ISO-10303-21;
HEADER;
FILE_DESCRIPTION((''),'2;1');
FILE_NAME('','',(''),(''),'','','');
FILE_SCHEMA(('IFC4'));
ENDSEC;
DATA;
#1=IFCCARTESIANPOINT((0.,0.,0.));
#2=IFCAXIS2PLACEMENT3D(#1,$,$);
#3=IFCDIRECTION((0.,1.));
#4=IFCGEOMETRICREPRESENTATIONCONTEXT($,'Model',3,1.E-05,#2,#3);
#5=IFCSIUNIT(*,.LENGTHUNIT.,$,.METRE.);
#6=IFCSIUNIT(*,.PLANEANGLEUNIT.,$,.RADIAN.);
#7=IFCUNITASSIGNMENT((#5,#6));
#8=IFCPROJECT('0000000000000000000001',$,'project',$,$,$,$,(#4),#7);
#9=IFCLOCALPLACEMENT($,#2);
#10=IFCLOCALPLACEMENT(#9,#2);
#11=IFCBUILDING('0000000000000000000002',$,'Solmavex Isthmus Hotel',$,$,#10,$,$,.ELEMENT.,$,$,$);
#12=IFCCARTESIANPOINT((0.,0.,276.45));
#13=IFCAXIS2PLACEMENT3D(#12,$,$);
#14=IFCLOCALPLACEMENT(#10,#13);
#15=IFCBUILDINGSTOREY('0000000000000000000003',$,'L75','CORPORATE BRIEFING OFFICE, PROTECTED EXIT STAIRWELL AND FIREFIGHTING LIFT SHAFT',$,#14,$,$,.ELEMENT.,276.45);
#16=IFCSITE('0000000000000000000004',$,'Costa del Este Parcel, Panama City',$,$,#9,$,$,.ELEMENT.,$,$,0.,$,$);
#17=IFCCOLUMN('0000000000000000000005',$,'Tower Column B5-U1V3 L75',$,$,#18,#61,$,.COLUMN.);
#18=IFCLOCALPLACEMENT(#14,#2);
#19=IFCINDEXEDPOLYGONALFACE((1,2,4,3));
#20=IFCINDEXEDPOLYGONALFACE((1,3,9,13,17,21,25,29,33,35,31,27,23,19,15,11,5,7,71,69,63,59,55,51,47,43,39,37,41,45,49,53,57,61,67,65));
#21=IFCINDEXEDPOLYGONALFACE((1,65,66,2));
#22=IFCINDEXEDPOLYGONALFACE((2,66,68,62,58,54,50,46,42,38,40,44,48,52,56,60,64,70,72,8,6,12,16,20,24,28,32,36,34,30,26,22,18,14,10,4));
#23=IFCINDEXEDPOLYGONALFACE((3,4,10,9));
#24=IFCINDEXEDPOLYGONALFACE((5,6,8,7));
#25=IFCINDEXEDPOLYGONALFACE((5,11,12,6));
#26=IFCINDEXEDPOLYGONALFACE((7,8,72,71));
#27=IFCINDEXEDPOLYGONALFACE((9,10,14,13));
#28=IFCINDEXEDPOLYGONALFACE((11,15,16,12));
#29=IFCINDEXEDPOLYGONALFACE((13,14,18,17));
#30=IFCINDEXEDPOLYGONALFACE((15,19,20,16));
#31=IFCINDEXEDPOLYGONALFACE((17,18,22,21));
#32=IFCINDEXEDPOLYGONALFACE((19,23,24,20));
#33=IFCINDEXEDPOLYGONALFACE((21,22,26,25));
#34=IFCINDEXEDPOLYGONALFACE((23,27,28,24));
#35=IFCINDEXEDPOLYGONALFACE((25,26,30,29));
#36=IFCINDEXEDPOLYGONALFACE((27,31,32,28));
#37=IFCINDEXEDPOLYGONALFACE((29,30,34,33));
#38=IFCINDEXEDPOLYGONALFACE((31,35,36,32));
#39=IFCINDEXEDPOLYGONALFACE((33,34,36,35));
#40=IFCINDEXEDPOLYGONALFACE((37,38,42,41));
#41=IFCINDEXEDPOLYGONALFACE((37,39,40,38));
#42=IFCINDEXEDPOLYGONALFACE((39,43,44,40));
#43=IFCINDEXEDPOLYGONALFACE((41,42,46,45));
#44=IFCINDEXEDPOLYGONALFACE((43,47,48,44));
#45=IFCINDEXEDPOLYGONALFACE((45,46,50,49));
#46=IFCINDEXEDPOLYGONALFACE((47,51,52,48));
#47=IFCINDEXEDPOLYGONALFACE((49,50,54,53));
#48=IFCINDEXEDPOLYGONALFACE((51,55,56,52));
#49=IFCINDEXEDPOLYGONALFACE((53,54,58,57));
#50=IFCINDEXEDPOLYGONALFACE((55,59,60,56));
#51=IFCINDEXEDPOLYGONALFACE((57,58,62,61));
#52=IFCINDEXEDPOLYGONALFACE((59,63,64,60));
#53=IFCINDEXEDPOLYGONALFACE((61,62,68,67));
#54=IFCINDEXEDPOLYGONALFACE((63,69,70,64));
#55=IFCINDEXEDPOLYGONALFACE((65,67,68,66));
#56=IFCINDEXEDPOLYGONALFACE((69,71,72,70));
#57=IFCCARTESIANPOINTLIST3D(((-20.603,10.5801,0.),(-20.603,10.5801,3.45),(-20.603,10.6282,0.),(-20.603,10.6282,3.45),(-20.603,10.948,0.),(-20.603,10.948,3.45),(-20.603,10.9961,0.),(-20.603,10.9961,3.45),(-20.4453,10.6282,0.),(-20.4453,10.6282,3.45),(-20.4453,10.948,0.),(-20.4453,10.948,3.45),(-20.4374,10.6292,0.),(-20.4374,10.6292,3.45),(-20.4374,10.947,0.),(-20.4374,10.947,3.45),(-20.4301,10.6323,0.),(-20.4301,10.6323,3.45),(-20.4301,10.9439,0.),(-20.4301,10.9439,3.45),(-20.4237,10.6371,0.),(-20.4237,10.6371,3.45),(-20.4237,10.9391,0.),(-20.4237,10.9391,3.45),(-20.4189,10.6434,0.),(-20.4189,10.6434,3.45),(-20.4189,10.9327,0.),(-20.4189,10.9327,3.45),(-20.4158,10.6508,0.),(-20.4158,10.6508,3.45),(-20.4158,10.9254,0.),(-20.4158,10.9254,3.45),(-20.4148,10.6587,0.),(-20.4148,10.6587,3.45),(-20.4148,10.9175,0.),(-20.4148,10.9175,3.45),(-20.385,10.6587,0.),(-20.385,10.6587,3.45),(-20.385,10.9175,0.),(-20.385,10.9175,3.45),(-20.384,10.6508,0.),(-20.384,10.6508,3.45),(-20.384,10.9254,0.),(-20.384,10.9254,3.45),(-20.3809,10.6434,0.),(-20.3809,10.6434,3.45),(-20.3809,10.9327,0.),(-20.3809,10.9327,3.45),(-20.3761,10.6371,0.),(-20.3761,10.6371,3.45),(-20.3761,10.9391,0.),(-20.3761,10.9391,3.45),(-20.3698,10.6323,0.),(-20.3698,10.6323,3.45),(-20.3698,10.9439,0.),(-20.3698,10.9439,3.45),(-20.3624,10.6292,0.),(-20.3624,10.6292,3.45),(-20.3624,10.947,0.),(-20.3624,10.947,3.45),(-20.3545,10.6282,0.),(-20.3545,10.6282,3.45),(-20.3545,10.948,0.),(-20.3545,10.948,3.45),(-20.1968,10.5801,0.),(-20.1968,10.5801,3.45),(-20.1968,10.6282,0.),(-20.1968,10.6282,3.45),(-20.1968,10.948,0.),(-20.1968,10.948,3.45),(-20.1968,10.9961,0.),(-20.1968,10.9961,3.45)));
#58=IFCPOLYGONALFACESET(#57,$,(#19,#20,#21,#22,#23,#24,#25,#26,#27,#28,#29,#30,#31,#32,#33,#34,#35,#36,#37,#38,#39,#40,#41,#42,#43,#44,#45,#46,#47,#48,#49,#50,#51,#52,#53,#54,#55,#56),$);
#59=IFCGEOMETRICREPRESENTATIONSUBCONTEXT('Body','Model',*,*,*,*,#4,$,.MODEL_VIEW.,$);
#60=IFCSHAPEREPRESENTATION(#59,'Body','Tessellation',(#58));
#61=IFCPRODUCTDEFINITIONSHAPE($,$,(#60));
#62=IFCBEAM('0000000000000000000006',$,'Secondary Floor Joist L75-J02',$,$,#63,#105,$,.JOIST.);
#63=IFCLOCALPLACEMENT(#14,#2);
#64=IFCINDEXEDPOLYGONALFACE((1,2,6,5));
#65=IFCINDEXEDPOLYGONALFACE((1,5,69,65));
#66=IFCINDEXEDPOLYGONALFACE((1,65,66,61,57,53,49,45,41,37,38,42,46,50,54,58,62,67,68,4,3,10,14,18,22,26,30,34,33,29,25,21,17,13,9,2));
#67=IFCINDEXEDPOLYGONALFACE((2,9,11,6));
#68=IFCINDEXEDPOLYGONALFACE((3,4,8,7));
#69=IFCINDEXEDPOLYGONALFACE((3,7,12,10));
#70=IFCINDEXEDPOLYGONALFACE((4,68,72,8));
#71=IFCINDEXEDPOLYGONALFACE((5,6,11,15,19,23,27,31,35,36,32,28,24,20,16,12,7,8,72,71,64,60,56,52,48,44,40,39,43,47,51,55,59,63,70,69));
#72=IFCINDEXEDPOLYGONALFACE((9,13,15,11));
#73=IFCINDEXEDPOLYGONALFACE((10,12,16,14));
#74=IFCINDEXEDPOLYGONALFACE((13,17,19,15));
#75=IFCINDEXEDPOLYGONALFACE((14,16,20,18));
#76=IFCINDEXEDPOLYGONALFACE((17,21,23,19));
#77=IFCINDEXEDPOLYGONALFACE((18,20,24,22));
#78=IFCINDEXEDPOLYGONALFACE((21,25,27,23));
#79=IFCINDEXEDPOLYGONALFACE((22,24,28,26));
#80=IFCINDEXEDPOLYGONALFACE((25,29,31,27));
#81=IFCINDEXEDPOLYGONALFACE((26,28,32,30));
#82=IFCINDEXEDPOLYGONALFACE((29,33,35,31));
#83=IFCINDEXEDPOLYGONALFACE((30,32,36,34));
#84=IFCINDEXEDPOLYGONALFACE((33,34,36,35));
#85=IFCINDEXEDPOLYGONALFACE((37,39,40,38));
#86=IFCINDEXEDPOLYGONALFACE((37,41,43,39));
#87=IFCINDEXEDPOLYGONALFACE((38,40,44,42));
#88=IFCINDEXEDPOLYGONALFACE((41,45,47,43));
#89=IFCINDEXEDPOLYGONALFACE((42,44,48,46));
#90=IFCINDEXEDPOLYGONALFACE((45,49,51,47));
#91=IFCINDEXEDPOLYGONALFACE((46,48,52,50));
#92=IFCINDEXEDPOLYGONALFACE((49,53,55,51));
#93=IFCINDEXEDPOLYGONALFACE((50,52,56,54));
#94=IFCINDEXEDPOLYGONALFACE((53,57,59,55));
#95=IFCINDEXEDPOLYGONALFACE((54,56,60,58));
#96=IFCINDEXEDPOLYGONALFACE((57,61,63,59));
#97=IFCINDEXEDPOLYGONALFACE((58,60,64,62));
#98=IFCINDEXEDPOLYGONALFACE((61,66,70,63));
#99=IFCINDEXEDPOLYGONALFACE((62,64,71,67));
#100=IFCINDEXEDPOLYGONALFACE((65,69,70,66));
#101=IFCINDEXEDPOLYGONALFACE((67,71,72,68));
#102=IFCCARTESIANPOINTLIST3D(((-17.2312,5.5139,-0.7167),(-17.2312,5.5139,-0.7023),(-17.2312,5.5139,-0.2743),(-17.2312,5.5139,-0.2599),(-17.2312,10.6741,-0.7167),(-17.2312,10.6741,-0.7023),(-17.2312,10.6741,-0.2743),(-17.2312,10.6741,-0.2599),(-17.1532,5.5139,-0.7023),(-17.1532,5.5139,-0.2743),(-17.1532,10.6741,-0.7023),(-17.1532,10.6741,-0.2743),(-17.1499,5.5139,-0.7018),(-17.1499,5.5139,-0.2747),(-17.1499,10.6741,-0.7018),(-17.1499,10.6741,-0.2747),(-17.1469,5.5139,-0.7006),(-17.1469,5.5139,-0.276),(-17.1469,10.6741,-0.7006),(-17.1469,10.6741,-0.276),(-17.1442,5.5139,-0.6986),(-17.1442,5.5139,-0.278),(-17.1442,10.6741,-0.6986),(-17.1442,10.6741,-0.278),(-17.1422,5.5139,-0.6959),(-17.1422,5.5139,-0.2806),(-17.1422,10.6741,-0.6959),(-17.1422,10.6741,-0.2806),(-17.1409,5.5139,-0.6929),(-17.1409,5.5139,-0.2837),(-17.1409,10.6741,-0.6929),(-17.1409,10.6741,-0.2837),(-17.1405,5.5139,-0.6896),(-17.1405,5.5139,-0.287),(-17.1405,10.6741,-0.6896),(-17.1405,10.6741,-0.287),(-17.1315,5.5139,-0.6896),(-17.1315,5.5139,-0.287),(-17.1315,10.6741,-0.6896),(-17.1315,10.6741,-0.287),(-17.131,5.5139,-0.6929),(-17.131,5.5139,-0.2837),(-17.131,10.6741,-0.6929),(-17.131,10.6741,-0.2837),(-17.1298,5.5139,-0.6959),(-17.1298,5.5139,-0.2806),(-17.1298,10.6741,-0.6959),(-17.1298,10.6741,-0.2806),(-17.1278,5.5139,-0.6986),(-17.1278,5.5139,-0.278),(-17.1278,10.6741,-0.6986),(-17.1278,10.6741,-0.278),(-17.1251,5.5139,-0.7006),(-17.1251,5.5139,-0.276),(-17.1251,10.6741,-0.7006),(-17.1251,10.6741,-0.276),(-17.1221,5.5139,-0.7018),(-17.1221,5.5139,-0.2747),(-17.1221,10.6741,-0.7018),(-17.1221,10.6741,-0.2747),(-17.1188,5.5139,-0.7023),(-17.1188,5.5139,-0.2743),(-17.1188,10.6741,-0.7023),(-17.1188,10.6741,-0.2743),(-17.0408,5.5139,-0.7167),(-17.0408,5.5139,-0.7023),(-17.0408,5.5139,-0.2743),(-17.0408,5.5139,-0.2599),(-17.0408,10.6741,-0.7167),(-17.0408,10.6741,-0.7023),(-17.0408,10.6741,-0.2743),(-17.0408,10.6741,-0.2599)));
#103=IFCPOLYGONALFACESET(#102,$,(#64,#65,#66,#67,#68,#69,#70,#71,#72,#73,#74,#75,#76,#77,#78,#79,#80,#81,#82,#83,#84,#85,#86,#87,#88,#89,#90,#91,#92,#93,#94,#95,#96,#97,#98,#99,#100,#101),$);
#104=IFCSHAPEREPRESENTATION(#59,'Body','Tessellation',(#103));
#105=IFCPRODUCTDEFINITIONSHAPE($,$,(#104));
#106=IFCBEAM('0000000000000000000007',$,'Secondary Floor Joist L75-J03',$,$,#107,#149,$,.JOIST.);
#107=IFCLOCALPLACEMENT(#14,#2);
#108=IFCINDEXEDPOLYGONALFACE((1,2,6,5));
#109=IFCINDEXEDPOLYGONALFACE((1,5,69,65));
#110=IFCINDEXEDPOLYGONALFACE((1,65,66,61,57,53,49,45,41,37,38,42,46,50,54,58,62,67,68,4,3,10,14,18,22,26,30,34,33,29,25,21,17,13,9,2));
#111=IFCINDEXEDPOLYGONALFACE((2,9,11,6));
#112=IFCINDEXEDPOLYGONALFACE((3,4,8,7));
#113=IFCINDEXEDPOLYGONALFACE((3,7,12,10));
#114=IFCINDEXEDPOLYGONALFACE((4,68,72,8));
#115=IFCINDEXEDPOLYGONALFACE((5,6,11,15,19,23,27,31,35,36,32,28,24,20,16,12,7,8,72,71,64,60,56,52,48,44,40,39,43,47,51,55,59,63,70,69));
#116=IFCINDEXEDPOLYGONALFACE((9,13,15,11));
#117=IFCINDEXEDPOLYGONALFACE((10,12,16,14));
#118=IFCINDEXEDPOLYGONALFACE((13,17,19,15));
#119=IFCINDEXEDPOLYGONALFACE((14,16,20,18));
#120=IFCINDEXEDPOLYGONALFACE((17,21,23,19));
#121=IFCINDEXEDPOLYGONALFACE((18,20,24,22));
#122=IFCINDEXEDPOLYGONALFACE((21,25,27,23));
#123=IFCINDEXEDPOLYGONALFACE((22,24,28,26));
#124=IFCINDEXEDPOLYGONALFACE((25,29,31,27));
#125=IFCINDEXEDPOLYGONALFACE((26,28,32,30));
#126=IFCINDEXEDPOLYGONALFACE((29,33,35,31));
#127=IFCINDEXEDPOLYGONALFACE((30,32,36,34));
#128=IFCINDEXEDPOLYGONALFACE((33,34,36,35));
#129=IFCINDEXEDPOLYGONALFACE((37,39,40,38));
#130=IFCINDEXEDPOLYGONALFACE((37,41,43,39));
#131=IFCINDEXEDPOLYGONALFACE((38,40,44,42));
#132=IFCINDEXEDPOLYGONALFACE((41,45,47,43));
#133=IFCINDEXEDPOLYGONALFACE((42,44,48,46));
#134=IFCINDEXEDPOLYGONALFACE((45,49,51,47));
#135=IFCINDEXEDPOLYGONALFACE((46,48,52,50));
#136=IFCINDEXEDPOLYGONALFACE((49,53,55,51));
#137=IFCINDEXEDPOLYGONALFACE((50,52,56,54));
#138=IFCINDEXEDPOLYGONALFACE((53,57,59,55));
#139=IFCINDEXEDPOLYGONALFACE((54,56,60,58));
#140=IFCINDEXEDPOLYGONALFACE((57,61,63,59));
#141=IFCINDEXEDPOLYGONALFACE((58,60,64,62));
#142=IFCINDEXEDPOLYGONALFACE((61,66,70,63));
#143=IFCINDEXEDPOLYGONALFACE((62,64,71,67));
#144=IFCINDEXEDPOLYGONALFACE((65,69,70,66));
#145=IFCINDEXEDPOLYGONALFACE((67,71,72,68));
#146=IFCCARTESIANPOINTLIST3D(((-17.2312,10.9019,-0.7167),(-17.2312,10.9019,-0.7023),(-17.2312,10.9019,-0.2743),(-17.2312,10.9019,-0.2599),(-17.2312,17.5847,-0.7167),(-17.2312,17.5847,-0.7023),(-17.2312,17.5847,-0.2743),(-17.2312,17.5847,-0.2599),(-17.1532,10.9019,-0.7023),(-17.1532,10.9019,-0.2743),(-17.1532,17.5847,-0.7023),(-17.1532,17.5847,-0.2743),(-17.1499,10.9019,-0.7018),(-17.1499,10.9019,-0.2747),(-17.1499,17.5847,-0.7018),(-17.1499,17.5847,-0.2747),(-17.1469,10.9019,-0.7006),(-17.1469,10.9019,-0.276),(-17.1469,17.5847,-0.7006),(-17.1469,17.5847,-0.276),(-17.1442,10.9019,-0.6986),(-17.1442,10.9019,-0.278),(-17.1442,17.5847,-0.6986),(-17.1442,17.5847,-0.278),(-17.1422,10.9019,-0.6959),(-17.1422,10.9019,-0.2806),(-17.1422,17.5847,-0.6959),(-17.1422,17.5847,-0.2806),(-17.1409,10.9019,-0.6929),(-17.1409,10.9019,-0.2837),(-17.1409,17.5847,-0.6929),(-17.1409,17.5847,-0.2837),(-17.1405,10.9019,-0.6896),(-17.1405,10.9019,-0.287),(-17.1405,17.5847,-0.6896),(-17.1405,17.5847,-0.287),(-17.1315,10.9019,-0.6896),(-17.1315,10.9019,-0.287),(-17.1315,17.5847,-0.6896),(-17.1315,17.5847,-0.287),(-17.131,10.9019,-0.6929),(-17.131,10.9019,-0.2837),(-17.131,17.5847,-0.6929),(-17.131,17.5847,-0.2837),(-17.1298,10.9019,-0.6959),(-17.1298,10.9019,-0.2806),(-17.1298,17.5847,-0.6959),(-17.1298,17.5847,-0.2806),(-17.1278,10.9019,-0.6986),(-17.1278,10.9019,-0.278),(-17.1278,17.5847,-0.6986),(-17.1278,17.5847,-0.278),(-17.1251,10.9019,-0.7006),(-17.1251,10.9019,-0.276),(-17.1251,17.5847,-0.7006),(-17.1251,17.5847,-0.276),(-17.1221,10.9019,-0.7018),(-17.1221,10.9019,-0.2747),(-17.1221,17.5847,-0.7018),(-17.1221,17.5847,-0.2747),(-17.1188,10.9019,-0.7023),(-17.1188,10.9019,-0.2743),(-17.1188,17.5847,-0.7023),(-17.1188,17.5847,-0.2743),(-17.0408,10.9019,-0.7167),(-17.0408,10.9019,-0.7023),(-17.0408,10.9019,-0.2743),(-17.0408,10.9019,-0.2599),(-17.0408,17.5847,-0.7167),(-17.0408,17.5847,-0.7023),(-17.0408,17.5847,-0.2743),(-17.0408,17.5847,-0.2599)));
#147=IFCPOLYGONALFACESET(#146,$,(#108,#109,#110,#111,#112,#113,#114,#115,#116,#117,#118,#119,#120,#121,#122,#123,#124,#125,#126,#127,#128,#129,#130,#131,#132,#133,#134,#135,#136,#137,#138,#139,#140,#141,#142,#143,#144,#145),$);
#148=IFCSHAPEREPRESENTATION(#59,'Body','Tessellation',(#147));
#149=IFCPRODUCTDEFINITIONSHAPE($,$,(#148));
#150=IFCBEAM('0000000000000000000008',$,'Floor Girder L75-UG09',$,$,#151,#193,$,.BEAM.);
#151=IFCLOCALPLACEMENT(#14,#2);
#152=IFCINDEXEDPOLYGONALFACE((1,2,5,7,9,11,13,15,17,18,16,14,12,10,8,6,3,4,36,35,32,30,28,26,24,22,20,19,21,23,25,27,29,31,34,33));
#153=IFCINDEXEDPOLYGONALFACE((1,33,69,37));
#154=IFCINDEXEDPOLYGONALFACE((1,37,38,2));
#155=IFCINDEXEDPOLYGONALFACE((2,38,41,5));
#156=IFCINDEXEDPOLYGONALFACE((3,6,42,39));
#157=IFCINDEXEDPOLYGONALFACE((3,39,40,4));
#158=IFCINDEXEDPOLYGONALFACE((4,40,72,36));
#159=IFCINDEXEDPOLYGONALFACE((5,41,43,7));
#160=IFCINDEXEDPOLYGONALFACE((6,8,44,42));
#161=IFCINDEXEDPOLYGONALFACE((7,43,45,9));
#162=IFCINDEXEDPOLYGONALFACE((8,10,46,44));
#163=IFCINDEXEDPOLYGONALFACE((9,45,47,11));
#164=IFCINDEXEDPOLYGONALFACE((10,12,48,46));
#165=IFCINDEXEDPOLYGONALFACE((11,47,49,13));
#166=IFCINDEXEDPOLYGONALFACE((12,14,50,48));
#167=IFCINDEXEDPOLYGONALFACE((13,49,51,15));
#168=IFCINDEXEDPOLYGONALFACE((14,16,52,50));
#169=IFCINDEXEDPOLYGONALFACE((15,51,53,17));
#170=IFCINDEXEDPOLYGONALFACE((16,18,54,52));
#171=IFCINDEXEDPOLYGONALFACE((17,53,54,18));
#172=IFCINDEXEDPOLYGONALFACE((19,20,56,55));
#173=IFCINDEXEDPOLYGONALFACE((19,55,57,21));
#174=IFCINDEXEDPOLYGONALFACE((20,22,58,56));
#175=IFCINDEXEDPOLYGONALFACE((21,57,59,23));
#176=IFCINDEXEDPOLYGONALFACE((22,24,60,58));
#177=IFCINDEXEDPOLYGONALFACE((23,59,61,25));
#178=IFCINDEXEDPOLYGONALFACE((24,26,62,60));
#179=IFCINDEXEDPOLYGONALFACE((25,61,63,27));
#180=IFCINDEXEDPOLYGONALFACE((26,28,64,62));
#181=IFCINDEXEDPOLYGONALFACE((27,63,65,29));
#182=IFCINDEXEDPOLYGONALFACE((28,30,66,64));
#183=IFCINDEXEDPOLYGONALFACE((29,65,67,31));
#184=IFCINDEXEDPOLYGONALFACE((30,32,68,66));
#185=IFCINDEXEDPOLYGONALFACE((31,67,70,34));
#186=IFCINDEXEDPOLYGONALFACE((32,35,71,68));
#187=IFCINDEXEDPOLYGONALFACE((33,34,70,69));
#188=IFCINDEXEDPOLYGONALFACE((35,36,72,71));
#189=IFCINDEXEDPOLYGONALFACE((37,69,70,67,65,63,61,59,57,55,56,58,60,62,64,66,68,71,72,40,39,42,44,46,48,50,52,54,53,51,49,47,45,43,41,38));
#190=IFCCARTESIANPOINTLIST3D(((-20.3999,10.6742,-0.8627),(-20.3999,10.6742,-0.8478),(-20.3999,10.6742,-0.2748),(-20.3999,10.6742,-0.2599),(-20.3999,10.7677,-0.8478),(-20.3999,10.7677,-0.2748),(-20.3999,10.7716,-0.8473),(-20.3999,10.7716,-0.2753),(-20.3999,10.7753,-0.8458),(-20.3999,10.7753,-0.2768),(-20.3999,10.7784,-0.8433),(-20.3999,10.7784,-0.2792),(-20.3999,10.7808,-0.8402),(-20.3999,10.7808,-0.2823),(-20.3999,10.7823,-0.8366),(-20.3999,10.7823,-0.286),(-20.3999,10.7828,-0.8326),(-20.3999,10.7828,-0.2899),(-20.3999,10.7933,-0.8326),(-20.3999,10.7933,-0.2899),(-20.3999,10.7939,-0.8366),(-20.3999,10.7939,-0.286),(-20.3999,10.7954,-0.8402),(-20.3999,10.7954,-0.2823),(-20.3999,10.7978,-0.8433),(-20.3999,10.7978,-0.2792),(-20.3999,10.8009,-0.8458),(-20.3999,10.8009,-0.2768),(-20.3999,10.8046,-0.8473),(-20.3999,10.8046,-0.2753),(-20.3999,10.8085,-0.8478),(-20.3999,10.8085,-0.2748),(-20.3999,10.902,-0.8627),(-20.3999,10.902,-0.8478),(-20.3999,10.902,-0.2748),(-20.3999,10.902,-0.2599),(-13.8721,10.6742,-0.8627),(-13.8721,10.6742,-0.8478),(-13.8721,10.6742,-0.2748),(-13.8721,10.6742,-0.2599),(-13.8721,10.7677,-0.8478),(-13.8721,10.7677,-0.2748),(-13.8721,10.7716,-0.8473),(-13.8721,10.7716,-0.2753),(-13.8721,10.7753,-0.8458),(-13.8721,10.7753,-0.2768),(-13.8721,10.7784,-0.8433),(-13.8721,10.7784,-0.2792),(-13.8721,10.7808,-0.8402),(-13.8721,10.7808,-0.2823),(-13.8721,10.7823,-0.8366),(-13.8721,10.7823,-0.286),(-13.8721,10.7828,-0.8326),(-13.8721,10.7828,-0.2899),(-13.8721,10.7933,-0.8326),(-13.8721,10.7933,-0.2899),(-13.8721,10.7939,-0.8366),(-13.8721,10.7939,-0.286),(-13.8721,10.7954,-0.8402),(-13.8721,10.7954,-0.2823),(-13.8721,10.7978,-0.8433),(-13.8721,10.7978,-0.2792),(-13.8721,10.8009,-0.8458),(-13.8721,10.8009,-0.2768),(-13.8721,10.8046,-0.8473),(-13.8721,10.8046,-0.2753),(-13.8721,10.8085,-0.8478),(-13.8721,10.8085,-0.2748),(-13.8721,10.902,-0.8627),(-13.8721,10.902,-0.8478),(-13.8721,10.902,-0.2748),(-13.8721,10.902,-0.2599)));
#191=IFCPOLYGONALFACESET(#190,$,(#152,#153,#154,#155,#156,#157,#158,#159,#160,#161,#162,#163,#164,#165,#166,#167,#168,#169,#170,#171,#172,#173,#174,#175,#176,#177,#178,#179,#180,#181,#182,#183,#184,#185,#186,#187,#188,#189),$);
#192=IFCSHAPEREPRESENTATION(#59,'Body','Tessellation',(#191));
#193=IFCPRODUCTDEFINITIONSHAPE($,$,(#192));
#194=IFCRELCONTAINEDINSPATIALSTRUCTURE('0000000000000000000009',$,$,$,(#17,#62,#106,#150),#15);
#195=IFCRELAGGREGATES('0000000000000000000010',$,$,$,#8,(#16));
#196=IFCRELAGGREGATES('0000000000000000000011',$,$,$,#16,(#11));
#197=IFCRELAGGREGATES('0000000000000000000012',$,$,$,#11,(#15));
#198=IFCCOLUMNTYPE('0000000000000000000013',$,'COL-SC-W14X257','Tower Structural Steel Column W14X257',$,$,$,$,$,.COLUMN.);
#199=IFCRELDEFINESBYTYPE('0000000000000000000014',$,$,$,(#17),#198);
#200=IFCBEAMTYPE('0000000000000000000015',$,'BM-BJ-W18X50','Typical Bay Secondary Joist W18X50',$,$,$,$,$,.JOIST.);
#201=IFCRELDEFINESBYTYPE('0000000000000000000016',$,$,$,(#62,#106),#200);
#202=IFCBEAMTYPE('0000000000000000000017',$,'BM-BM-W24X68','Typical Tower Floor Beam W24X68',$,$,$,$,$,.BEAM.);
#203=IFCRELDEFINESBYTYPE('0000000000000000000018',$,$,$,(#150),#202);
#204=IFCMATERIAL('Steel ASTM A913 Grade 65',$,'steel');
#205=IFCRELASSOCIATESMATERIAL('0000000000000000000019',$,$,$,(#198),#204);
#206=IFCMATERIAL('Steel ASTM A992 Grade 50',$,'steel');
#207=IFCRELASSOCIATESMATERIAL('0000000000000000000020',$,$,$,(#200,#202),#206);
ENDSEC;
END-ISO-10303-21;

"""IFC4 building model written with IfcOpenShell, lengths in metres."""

from ifc_helpers import new_model, si_unit, direction, frame, origin, origin_2d, place, context, subcontext, project, spatial, i_section, extrude, material, material_profile, profile_set, type_object, element, save


model = new_model("IFC4")

# Units and contexts
model_context = context("Model", 3, precision=1e-05, world=origin(), true_north=direction((0.0, 1.0)))
body_context = subcontext(model_context, "Body", "Model", "MODEL_VIEW")
ifc_project = project(units=[si_unit("LENGTHUNIT", "METRE"), si_unit("PLANEANGLEUNIT", "RADIAN")], contexts=[model_context])

# Site, building, storey
site_placement = place(None, origin())
site = spatial("IfcSite", under=ifc_project, at=site_placement, Name="Costa del Este Parcel, Panama City", CompositionType="ELEMENT", RefElevation=0.0)
building_placement = place(site_placement, origin())
building = spatial("IfcBuilding", under=site, at=building_placement, Name="Solmavex Isthmus Hotel", CompositionType="ELEMENT")
storey_placement = place(building_placement, frame((0.0, 0.0, 276.45)))
storey = spatial("IfcBuildingStorey", under=building, at=storey_placement, Name="L75", Description="CORPORATE BRIEFING OFFICE, PROTECTED EXIT STAIRWELL AND FIREFIGHTING LIFT SHAFT", CompositionType="ELEMENT", Elevation=276.45)

# Column
ifc_material_1 = material(Name="Steel ASTM A913 Grade 65", Category="steel")
ifc_material_profile_1 = material_profile(ifc_material_1, i_section(OverallWidth=0.4062, OverallDepth=0.416, WebThickness=0.0298, FlangeThickness=0.0481, FilletRadius=0.0305, at=origin_2d()), Name="W14X257")
ifc_profile_set_1 = profile_set([ifc_material_profile_1], Name="Steel ASTM A913 Grade 65")
column_type = type_object("IfcColumnType", Name="COL-SC-W14X257", Description="Tower Structural Steel Column W14X257", PredefinedType="COLUMN", material=ifc_profile_set_1)
column_placement = place(storey_placement, frame((-20.3999, 10.7881, 0.0), z_axis=(0.0, 0.0, 1.0), x_axis=(1.0, 0.0, 0.0)))
element("IfcColumn", 1, at=column_placement, inside=storey, type_object=column_type, Name="Tower Column B5-U1V3 L75", PredefinedType="COLUMN", context=body_context, shape_type="SweptSolid", body=[
    extrude(i_section(OverallWidth=0.4062, OverallDepth=0.416, WebThickness=0.0298, FlangeThickness=0.0481, FilletRadius=0.0305, at=origin_2d()), origin(), (0.0, 0.0, 1.0), 3.45),
])

# Beams
ifc_material_2 = material(Name="Steel ASTM A992 Grade 50", Category="steel")
ifc_material_profile_2 = material_profile(ifc_material_2, i_section(OverallWidth=0.1904, OverallDepth=0.4568, WebThickness=0.009, FlangeThickness=0.0144, FilletRadius=0.0127, at=origin_2d()), Name="W18X50")
ifc_profile_set_2 = profile_set([ifc_material_profile_2], Name="Steel ASTM A992 Grade 50")
beam_type_1 = type_object("IfcBeamType", Name="BM-BJ-W18X50", Description="Typical Bay Secondary Joist W18X50", PredefinedType="JOIST", material=ifc_profile_set_2)
beam_1_placement = place(storey_placement, frame((-17.136, 5.5139, -0.4883), z_axis=(0.0, 1.0, 0.0), x_axis=(-1.0, 0.0, 0.0)))
element("IfcBeam", 2, at=beam_1_placement, inside=storey, type_object=beam_type_1, Name="Secondary Floor Joist L75-J02", PredefinedType="JOIST", context=body_context, shape_type="SweptSolid", body=[
    extrude(i_section(OverallWidth=0.1904, OverallDepth=0.4568, WebThickness=0.009, FlangeThickness=0.0144, FilletRadius=0.0127, at=origin_2d()), origin(), (0.0, 0.0, 1.0), 5.1602),
])
beam_2_placement = place(storey_placement, frame((-17.136, 10.9019, -0.4883), z_axis=(0.0, 1.0, 0.0), x_axis=(-1.0, 0.0, 0.0)))
element("IfcBeam", 3, at=beam_2_placement, inside=storey, type_object=beam_type_1, Name="Secondary Floor Joist L75-J03", PredefinedType="JOIST", context=body_context, shape_type="SweptSolid", body=[
    extrude(i_section(OverallWidth=0.1904, OverallDepth=0.4568, WebThickness=0.009, FlangeThickness=0.0144, FilletRadius=0.0127, at=origin_2d()), origin(), (0.0, 0.0, 1.0), 6.6829),
])
ifc_material_profile_3 = material_profile(ifc_material_2, i_section(OverallWidth=0.2278, OverallDepth=0.6028, WebThickness=0.0105, FlangeThickness=0.0149, FilletRadius=0.0151, at=origin_2d()), Name="W24X68")
ifc_profile_set_3 = profile_set([ifc_material_profile_3], Name="Steel ASTM A992 Grade 50")
beam_type_2 = type_object("IfcBeamType", Name="BM-BM-W24X68", Description="Typical Tower Floor Beam W24X68", PredefinedType="BEAM", material=ifc_profile_set_3)
beam_3_placement = place(storey_placement, frame((-20.3999, 10.7881, -0.5613), z_axis=(1.0, 0.0, 0.0), x_axis=(0.0, 1.0, 0.0)))
element("IfcBeam", 4, at=beam_3_placement, inside=storey, type_object=beam_type_2, Name="Floor Girder L75-UG09", PredefinedType="BEAM", context=body_context, shape_type="SweptSolid", body=[
    extrude(i_section(OverallWidth=0.2278, OverallDepth=0.6028, WebThickness=0.0105, FlangeThickness=0.0149, FilletRadius=0.0151, at=origin_2d()), origin(), (0.0, 0.0, 1.0), 6.5278),
])

save(model, "model.ifc")
